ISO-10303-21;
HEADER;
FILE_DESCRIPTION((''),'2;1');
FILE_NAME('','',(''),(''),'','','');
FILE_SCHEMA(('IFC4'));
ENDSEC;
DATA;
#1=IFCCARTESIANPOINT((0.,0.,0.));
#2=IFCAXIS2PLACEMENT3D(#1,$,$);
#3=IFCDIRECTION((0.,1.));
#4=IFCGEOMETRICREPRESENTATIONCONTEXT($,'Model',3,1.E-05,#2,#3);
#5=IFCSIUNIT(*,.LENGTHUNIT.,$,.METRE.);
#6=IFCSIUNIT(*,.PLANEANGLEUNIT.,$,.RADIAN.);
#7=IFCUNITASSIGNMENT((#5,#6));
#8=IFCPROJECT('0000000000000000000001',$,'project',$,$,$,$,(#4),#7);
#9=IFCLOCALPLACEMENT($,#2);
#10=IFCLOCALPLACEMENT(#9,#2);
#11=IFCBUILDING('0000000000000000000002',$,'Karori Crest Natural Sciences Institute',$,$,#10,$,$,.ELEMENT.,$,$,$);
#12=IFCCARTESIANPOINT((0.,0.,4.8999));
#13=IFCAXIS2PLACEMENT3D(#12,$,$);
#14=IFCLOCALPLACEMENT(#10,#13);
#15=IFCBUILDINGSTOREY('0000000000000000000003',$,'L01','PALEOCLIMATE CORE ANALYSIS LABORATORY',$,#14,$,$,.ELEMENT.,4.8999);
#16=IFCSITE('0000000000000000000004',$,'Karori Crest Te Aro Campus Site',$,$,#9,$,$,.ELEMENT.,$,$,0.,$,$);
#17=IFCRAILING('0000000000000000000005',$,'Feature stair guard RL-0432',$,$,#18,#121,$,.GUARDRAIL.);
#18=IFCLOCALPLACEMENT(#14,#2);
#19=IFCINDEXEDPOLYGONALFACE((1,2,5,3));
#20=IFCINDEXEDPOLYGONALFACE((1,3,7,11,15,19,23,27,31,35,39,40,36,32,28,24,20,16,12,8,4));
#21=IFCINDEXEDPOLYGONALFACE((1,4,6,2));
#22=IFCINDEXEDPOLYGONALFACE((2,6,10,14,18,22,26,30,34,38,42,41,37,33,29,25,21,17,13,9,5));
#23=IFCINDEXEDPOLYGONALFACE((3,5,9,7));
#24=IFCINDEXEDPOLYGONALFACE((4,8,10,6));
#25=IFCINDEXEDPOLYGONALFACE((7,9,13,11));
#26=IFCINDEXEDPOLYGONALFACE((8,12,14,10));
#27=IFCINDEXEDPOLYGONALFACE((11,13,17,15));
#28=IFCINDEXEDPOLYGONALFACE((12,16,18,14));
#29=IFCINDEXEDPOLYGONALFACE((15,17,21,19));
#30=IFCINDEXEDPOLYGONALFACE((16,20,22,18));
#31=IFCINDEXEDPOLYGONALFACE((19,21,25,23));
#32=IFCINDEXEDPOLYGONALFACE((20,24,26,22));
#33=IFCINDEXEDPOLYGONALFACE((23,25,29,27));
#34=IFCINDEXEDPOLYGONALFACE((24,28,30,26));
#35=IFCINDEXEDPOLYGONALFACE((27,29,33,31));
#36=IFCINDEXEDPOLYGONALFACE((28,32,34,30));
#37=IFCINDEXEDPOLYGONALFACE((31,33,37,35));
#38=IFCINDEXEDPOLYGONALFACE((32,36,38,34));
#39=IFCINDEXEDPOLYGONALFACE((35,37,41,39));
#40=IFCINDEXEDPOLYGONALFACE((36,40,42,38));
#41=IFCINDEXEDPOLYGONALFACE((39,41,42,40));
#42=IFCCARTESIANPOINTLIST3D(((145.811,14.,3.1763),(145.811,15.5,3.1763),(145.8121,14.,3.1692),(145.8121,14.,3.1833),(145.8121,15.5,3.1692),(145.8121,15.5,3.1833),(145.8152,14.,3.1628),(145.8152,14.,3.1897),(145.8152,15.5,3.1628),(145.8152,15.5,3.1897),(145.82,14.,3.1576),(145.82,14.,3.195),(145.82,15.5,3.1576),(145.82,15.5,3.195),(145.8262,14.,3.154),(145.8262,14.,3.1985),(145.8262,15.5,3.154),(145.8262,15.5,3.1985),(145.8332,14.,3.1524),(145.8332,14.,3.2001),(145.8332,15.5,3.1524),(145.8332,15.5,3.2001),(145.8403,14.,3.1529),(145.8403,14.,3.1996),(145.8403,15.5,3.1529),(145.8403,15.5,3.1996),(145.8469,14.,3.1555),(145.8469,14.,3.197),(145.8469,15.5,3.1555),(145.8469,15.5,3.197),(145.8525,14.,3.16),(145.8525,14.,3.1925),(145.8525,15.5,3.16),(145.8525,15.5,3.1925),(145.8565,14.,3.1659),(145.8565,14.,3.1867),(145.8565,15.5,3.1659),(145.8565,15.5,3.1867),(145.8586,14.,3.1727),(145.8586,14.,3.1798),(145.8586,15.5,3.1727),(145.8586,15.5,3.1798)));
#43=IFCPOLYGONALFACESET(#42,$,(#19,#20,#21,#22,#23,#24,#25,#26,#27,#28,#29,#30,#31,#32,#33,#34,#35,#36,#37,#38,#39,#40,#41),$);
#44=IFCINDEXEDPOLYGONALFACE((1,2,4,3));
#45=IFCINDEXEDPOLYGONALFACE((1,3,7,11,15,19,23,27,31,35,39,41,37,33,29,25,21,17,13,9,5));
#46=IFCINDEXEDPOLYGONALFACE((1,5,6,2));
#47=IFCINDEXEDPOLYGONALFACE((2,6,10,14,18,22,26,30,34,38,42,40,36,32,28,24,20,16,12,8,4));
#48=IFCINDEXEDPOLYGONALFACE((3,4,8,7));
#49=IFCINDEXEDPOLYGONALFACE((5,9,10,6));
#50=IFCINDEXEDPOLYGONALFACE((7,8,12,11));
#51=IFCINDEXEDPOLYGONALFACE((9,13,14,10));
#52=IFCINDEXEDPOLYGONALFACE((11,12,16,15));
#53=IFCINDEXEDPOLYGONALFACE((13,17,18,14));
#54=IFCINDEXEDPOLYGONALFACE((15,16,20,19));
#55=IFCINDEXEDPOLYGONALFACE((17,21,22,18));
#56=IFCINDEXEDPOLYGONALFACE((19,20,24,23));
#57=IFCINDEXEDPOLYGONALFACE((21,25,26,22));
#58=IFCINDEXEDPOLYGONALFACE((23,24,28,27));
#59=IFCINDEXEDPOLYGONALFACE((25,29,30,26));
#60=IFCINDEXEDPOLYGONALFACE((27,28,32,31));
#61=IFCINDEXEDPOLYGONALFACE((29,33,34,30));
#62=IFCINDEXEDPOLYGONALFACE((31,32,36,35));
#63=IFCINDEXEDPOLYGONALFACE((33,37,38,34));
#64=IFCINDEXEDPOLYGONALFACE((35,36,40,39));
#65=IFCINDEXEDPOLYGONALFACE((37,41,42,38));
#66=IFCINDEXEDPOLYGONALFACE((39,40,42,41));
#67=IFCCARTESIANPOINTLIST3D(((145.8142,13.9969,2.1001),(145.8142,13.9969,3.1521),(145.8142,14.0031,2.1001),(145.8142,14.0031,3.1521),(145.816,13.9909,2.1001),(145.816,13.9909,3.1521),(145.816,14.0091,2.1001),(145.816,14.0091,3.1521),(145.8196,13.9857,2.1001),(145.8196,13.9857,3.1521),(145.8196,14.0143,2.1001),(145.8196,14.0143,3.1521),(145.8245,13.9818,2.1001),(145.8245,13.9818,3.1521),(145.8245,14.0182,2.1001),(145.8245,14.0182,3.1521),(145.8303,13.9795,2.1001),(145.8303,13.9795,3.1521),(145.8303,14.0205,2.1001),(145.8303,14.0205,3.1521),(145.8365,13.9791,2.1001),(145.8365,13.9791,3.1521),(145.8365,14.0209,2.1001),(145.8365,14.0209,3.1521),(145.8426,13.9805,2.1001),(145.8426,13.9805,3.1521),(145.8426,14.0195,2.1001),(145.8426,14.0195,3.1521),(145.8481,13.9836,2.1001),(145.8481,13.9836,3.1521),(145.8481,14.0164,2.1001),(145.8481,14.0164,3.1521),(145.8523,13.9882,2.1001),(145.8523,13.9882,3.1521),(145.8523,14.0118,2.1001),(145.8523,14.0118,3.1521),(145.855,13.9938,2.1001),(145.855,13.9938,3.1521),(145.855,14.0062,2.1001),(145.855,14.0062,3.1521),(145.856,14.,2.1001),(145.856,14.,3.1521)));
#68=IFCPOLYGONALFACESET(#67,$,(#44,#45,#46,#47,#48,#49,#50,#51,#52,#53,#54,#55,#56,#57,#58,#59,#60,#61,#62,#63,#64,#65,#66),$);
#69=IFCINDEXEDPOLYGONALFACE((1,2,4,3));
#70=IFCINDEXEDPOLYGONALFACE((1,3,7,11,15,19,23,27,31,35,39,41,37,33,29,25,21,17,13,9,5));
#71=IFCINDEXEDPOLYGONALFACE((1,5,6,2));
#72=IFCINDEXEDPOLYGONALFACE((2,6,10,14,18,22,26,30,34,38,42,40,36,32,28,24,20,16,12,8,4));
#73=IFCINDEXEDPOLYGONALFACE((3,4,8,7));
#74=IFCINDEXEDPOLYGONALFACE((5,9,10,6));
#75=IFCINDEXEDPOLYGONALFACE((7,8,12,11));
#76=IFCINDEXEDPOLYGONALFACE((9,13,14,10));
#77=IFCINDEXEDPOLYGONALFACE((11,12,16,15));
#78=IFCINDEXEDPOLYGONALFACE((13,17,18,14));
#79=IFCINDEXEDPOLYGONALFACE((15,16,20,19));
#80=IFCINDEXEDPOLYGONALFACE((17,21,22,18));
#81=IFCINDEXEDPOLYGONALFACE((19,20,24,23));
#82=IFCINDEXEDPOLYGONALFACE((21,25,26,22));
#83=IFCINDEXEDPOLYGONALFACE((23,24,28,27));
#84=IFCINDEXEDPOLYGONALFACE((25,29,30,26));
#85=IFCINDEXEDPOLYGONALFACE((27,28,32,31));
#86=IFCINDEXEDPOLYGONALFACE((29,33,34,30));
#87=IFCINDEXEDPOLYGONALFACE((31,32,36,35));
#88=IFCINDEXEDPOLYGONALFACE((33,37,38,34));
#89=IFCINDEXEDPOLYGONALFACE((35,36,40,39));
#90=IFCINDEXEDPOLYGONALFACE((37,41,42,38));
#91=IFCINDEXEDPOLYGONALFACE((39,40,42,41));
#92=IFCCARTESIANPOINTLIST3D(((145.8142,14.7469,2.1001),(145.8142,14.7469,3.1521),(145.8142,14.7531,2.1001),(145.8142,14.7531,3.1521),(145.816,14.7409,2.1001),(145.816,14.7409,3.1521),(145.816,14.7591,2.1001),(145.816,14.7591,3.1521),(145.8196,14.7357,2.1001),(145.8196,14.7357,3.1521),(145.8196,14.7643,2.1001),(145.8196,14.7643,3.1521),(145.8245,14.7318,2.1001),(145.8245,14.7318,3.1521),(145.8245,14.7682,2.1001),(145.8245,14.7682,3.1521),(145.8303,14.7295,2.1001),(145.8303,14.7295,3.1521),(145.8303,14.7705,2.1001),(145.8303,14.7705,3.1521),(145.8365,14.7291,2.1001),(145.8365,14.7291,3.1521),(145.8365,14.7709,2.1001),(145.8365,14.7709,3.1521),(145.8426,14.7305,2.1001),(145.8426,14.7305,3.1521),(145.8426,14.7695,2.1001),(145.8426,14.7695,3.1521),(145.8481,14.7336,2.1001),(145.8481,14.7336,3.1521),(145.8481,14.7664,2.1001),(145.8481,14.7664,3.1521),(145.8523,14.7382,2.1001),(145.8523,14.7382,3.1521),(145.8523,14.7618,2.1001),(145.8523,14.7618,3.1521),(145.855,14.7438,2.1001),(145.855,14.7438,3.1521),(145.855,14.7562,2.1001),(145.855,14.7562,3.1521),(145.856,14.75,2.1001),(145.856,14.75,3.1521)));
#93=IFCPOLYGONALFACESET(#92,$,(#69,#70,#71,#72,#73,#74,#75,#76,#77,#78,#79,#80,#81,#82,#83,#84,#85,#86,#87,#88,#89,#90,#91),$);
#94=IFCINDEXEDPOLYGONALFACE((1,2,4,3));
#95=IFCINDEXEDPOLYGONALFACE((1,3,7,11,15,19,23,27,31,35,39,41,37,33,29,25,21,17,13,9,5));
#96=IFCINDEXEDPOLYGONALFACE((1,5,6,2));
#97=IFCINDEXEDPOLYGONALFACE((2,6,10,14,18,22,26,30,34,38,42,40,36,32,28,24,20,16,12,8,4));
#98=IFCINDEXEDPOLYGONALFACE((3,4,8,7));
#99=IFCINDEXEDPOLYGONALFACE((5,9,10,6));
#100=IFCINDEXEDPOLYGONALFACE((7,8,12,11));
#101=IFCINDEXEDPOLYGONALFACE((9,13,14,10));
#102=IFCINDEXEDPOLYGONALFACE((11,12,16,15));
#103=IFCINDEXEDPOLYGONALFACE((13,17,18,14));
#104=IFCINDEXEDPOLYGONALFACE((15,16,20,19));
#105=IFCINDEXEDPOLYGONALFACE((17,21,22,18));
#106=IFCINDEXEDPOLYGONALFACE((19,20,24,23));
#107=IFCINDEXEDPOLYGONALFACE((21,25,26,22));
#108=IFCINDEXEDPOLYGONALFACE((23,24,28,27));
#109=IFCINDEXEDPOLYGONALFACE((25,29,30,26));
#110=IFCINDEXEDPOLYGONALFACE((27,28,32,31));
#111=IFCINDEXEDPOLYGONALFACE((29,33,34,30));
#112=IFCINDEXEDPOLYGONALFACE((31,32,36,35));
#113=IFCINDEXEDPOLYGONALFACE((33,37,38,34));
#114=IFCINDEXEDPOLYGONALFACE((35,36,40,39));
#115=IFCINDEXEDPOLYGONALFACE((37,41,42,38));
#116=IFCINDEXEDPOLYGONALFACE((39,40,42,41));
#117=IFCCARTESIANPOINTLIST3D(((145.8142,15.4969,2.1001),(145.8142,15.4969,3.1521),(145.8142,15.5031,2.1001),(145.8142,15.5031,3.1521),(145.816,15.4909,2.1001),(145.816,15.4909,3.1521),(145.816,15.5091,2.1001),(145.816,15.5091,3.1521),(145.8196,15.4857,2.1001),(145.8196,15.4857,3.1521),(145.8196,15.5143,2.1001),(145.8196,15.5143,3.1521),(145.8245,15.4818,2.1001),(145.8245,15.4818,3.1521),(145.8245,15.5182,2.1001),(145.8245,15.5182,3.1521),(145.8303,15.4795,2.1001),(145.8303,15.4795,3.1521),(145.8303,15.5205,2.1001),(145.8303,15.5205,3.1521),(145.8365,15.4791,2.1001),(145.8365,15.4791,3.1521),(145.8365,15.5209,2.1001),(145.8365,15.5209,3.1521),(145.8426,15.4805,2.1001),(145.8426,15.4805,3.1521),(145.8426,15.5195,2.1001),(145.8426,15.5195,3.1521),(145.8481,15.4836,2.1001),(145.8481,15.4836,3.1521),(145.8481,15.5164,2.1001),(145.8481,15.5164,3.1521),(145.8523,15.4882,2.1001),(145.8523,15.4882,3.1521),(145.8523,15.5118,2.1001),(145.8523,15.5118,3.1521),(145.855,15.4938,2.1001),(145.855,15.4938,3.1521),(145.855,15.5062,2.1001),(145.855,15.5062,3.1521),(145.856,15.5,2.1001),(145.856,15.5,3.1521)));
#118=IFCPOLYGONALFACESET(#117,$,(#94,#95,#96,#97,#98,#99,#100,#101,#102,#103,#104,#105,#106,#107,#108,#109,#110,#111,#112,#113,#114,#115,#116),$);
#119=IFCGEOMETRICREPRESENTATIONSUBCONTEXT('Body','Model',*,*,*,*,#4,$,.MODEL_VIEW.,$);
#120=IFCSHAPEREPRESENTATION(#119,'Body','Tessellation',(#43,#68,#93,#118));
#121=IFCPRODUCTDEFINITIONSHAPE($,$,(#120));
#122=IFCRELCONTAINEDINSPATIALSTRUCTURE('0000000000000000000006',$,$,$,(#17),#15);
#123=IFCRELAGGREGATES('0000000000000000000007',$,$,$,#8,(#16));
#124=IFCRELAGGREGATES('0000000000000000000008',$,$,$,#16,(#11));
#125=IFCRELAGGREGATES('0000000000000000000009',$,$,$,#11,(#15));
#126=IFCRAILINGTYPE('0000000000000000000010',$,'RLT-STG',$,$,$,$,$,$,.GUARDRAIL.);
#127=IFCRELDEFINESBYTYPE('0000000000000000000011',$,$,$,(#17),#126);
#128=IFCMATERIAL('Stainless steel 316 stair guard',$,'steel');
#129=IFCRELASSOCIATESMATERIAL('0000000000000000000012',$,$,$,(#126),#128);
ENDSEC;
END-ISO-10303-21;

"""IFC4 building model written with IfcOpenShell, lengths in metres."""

from ifc_helpers import new_model, si_unit, direction, frame, origin, origin_2d, place, context, subcontext, project, spatial, circle, extrude, material, type_object, element, save


model = new_model("IFC4")

# Units and contexts
model_context = context("Model", 3, precision=1e-05, world=origin(), true_north=direction((0.0, 1.0)))
body_context = subcontext(model_context, "Body", "Model", "MODEL_VIEW")
ifc_project = project(units=[si_unit("LENGTHUNIT", "METRE"), si_unit("PLANEANGLEUNIT", "RADIAN")], contexts=[model_context])

# Site, building, storey
site_placement = place(None, origin())
site = spatial("IfcSite", under=ifc_project, at=site_placement, Name="Karori Crest Te Aro Campus Site", CompositionType="ELEMENT", RefElevation=0.0)
building_placement = place(site_placement, origin())
building = spatial("IfcBuilding", under=site, at=building_placement, Name="Karori Crest Natural Sciences Institute", CompositionType="ELEMENT")
storey_placement = place(building_placement, frame((0.0, 0.0, 4.8999)))
storey = spatial("IfcBuildingStorey", under=building, at=storey_placement, Name="L01", Description="PALEOCLIMATE CORE ANALYSIS LABORATORY", CompositionType="ELEMENT", Elevation=4.8999)

# Railing
ifc_material_1 = material(Name="Stainless steel 316 stair guard", Category="steel")
railing_type = type_object("IfcRailingType", Name="RLT-STG", PredefinedType="GUARDRAIL", material=ifc_material_1)
railing_1_placement = place(storey_placement, frame((145.835, 14.0, 2.1001)))
element("IfcRailing", 1, at=railing_1_placement, inside=storey, type_object=railing_type, Name="Feature stair guard RL-0432", PredefinedType="GUARDRAIL", context=body_context, shape_type="SweptSolid", body=[
    extrude(circle(Radius=0.0239, at=origin_2d()), frame((0.0, 0.0, 1.0762), z_axis=(0.0, 1.0, 0.0), x_axis=(-1.0, 0.0, 0.0)), (0.0, 0.0, 1.0), 1.5),
    extrude(circle(Radius=0.021, at=origin_2d()), origin(), (0.0, 0.0, 1.0), 1.052),
    extrude(circle(Radius=0.021, at=origin_2d()), frame((0.0, 0.75, 0.0)), (0.0, 0.0, 1.0), 1.052),
    extrude(circle(Radius=0.021, at=origin_2d()), frame((0.0, 1.5, 0.0)), (0.0, 0.0, 1.0), 1.052),
])

save(model, "model.ifc")
